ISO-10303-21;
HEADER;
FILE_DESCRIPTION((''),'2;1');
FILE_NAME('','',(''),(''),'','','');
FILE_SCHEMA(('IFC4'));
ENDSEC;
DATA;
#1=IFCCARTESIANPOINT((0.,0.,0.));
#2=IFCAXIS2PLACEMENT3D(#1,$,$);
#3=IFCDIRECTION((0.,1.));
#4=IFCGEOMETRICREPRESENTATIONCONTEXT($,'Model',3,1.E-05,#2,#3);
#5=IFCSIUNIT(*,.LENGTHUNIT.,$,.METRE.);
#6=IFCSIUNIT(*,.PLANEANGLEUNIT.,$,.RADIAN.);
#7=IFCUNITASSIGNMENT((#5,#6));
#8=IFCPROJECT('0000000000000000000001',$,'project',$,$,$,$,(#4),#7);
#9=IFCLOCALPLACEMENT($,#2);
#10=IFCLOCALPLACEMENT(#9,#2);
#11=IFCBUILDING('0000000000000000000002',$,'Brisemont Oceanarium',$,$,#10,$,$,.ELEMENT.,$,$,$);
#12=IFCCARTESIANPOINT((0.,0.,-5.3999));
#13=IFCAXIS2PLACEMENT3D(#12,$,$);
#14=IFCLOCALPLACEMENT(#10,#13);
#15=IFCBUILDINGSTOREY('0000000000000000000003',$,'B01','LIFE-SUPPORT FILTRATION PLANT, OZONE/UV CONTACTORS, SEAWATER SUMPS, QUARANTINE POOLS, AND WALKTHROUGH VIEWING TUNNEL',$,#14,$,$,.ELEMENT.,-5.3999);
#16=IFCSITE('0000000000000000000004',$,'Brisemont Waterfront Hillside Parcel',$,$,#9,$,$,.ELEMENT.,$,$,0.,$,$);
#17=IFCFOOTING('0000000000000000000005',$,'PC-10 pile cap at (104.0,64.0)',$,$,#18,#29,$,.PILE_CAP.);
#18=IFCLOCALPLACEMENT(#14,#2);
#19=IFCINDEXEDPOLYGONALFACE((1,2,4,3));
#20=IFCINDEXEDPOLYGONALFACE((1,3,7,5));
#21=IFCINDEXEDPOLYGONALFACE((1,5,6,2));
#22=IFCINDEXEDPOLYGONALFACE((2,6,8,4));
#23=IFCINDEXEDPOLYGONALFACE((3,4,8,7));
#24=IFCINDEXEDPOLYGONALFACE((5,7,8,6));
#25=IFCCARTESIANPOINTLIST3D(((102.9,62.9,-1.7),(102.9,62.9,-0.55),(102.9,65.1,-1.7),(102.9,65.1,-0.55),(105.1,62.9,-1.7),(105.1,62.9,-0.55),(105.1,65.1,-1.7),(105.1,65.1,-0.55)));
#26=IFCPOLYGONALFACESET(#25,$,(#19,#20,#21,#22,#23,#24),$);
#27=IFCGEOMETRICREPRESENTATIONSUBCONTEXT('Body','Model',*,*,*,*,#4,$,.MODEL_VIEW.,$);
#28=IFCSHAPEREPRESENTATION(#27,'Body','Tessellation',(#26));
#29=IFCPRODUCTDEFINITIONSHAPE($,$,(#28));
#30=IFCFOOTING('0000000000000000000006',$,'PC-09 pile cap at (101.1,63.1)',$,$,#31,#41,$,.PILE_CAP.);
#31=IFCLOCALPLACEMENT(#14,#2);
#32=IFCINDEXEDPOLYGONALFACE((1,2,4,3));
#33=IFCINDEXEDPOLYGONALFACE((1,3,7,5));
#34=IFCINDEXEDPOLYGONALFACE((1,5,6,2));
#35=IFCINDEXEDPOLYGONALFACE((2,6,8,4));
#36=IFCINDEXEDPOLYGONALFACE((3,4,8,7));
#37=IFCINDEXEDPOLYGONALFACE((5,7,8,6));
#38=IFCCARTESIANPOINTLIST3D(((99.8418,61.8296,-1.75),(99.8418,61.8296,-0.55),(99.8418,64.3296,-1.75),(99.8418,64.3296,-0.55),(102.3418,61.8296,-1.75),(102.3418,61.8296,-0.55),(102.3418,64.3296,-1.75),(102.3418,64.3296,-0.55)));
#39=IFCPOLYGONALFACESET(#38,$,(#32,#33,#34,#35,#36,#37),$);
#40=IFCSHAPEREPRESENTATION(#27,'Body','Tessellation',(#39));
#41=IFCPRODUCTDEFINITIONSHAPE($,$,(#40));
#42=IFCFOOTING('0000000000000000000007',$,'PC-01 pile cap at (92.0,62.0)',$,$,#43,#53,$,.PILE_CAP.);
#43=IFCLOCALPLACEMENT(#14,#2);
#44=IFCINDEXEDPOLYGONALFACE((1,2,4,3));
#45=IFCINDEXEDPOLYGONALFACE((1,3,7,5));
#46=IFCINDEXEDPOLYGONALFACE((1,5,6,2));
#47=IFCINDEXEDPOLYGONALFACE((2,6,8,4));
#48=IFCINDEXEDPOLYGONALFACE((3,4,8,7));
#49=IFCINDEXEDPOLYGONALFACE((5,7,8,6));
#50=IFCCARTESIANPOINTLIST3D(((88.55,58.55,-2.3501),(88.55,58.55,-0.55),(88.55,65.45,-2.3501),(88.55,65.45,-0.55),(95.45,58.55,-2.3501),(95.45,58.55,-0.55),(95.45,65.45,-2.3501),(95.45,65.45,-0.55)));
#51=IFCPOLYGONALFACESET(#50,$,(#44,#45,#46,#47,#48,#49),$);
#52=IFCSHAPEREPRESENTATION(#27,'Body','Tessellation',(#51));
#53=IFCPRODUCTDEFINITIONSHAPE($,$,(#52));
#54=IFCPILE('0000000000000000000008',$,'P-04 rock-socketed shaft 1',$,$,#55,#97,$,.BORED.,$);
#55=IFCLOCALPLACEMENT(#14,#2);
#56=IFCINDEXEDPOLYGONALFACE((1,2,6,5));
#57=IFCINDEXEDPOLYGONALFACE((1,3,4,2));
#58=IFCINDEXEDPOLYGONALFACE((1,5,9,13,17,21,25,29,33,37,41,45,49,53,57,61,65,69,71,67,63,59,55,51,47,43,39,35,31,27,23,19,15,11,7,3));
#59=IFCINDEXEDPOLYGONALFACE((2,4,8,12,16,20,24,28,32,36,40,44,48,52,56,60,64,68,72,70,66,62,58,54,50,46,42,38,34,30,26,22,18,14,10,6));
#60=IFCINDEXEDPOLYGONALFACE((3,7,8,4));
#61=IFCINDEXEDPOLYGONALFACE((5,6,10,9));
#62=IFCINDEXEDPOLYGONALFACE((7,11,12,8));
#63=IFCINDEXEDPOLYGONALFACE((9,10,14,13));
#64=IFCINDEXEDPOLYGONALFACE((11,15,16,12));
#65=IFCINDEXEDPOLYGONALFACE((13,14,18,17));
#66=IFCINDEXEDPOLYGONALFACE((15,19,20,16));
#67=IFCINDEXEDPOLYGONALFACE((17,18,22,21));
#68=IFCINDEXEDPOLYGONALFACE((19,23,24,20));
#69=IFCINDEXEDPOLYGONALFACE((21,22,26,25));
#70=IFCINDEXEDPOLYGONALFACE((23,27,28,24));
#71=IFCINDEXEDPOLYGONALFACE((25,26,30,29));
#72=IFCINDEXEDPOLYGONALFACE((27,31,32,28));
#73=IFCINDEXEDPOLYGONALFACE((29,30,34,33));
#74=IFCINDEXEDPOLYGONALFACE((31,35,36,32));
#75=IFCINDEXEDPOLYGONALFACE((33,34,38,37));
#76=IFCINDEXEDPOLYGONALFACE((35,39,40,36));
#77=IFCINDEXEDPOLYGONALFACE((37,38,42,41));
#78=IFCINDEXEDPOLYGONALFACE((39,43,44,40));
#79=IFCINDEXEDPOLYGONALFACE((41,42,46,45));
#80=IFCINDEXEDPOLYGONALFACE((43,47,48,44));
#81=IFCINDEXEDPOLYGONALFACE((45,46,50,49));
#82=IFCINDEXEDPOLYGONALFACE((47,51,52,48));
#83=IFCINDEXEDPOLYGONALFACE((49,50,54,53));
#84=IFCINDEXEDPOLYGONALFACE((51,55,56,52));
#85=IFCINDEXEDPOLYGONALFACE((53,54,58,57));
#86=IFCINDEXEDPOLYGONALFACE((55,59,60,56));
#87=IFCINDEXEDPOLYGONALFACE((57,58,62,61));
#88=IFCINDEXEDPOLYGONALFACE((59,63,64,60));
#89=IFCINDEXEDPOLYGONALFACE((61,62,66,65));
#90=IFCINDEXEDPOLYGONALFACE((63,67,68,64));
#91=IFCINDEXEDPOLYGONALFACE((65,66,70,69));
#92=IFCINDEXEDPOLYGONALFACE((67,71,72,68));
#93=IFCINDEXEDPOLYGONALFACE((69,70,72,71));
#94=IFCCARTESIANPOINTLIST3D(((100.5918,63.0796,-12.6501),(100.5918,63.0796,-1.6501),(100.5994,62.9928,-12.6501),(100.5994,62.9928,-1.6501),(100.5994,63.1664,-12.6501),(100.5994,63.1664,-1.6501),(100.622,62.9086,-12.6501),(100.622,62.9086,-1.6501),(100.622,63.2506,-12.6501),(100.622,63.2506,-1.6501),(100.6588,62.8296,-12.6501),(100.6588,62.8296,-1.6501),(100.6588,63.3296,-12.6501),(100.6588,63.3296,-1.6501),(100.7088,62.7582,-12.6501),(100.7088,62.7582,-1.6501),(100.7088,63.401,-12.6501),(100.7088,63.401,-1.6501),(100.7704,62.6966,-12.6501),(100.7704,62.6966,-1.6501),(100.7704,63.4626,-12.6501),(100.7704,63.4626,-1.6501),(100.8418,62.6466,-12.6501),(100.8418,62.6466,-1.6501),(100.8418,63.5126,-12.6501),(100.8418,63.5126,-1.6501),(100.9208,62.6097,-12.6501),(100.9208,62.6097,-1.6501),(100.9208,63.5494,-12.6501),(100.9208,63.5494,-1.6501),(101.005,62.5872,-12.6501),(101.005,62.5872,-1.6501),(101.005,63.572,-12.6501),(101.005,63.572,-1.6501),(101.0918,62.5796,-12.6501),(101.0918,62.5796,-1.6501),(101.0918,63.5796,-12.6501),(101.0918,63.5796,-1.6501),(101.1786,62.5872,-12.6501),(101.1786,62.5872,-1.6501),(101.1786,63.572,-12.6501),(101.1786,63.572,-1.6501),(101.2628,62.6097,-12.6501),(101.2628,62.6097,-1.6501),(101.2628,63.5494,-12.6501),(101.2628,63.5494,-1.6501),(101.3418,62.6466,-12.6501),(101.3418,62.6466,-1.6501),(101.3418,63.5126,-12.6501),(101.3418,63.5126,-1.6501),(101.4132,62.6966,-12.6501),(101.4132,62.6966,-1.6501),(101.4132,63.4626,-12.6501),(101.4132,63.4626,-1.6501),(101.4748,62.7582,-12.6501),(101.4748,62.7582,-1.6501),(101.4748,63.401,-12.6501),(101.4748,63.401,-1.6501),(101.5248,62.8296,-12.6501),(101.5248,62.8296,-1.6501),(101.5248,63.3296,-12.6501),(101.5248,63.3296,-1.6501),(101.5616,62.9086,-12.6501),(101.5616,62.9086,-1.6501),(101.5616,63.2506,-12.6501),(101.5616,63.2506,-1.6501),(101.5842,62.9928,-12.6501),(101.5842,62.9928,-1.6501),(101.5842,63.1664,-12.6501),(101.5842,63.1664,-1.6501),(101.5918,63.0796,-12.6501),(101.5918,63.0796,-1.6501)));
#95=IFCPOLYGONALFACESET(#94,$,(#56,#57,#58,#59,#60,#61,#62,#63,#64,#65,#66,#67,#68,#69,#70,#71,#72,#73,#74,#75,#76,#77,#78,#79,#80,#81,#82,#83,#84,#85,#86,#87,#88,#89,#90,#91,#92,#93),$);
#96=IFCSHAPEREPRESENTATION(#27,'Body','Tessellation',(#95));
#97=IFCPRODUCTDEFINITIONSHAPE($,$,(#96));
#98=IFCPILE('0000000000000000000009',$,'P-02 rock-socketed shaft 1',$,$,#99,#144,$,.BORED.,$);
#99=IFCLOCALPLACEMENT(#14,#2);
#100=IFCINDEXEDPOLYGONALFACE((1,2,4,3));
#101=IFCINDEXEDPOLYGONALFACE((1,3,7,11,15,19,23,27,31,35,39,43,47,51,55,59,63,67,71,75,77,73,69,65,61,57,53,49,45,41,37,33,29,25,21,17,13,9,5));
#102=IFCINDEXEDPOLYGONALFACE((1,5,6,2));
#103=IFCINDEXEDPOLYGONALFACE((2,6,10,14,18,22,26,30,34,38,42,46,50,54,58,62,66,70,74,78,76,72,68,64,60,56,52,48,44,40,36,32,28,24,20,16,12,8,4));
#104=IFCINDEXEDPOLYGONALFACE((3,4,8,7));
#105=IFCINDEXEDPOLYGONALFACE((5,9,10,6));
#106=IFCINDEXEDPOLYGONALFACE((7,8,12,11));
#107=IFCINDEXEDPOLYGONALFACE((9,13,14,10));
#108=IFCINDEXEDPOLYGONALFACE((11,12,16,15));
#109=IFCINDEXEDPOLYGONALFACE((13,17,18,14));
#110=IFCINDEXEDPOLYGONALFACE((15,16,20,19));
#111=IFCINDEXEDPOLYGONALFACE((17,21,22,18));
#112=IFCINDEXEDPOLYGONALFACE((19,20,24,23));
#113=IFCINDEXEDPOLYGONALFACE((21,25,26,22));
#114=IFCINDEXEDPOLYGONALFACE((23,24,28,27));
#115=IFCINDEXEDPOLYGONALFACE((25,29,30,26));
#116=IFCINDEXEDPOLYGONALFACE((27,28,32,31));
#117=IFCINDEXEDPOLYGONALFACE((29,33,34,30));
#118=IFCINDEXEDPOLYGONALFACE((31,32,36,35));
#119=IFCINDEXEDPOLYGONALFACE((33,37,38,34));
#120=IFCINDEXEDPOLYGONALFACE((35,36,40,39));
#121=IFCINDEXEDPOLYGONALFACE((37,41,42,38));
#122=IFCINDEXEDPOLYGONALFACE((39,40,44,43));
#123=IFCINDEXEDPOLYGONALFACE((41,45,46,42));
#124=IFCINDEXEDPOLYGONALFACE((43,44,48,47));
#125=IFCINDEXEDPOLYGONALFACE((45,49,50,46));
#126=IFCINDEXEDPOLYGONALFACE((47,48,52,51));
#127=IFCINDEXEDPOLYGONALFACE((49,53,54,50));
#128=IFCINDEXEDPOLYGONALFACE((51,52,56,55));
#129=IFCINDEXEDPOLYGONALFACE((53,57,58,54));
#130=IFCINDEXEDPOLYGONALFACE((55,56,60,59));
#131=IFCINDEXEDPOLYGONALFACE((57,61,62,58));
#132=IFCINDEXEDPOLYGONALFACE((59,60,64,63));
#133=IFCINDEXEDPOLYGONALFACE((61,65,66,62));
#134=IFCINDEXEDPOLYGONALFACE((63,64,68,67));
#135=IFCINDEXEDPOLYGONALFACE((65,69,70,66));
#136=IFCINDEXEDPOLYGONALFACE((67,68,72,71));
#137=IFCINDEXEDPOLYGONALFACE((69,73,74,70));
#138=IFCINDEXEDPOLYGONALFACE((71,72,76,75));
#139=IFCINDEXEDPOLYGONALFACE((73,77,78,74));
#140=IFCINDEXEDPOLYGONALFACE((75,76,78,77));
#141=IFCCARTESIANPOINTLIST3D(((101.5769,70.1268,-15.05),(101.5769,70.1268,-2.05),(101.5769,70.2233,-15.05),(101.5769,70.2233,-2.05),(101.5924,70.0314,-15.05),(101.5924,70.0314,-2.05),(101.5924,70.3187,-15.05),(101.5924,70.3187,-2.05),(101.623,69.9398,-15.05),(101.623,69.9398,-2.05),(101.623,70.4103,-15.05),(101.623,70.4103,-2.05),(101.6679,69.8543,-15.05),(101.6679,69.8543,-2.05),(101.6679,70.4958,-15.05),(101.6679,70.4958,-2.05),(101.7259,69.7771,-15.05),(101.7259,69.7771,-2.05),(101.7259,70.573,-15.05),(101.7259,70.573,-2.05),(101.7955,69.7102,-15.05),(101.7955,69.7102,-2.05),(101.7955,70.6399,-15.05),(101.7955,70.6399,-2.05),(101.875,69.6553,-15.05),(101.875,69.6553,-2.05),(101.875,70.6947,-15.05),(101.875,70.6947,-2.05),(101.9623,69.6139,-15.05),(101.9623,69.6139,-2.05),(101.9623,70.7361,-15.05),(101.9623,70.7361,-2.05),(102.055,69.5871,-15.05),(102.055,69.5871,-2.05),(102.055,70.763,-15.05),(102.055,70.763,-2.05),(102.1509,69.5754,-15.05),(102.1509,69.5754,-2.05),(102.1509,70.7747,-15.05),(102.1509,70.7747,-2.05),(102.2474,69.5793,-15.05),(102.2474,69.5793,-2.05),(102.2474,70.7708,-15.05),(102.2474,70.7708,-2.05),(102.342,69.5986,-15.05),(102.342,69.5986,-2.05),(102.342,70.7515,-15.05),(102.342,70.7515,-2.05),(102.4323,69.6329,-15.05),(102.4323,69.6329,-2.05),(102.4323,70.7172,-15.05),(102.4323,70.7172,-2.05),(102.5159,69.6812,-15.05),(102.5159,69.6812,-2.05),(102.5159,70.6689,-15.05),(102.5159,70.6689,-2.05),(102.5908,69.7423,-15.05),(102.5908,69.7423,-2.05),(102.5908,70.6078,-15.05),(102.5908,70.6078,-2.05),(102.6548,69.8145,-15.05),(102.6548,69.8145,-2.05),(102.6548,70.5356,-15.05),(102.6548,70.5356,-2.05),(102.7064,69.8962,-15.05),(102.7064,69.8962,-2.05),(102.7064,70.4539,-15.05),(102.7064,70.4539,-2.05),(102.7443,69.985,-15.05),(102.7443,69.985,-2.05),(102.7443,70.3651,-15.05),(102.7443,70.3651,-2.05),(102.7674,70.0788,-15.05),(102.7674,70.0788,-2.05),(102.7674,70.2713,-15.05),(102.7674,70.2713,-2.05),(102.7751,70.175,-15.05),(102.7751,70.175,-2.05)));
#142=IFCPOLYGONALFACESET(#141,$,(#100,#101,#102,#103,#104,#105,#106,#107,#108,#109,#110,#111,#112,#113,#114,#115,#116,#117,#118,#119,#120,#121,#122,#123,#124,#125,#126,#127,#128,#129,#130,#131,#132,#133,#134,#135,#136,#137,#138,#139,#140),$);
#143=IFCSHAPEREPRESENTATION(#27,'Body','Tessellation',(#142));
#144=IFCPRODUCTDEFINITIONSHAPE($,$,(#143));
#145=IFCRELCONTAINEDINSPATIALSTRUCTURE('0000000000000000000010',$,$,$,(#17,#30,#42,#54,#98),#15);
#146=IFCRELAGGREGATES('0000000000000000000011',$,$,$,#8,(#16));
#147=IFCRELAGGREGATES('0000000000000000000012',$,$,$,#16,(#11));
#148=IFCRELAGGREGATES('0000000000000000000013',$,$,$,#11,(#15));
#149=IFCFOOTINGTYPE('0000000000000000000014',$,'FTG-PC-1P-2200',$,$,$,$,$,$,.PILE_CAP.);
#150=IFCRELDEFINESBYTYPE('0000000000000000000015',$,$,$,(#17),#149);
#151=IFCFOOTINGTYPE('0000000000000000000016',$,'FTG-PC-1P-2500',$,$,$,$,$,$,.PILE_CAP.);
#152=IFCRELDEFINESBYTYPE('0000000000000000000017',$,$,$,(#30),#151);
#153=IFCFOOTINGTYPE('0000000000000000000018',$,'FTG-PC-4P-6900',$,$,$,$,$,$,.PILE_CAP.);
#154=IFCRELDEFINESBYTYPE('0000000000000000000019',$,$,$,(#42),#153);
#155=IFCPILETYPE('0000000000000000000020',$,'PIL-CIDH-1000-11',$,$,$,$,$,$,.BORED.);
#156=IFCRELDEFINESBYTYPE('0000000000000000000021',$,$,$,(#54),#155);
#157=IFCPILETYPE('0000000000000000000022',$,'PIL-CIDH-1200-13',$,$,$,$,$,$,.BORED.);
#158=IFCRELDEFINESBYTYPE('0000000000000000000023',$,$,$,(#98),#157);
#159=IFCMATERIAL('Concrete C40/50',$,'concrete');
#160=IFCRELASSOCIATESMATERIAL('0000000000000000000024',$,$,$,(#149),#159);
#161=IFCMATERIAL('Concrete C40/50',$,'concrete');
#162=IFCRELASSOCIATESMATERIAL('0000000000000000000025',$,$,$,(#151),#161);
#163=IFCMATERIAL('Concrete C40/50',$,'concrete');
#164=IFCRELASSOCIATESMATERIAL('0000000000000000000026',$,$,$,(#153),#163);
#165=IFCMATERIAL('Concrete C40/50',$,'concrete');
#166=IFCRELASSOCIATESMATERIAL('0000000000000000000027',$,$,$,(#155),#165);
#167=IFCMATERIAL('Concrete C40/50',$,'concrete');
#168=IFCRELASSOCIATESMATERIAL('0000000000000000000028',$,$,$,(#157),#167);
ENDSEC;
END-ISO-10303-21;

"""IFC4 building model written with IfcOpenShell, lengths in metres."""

from ifc_helpers import new_model, si_unit, direction, frame, origin, origin_2d, place, context, subcontext, project, spatial, rectangle, circle, extrude, material, material_profile, profile_set, type_object, element, save


model = new_model("IFC4")

# Units and contexts
model_context = context("Model", 3, precision=1e-05, world=origin(), true_north=direction((0.0, 1.0)))
body_context = subcontext(model_context, "Body", "Model", "MODEL_VIEW")
ifc_project = project(units=[si_unit("LENGTHUNIT", "METRE"), si_unit("PLANEANGLEUNIT", "RADIAN")], contexts=[model_context])

# Site, building, storey
site_placement = place(None, origin())
site = spatial("IfcSite", under=ifc_project, at=site_placement, Name="Brisemont Waterfront Hillside Parcel", CompositionType="ELEMENT", RefElevation=0.0)
building_placement = place(site_placement, origin())
building = spatial("IfcBuilding", under=site, at=building_placement, Name="Brisemont Oceanarium", CompositionType="ELEMENT")
storey_placement = place(building_placement, frame((0.0, 0.0, -5.3999)))
storey = spatial("IfcBuildingStorey", under=building, at=storey_placement, Name="B01", Description="LIFE-SUPPORT FILTRATION PLANT, OZONE/UV CONTACTORS, SEAWATER SUMPS, QUARANTINE POOLS, AND WALKTHROUGH VIEWING TUNNEL", CompositionType="ELEMENT", Elevation=-5.3999)

# Footings
ifc_material_1 = material(Name="Concrete C40/50", Category="concrete")
footing_type_1 = type_object("IfcFootingType", Name="FTG-PC-1P-2200", PredefinedType="PILE_CAP", material=ifc_material_1)
footing_1_placement = place(storey_placement, frame((104.0, 64.0, -1.7), z_axis=(0.0, 0.0, 1.0), x_axis=(1.0, 0.0, 0.0)))
element("IfcFooting", 1, at=footing_1_placement, inside=storey, type_object=footing_type_1, Name="PC-10 pile cap at (104.0,64.0)", PredefinedType="PILE_CAP", context=body_context, shape_type="SweptSolid", body=[
    extrude(rectangle(XDim=2.2, YDim=2.2, at=origin_2d()), origin(), (0.0, 0.0, 1.0), 1.1499),
])
ifc_material_2 = material(Name="Concrete C40/50", Category="concrete")
footing_type_2 = type_object("IfcFootingType", Name="FTG-PC-1P-2500", PredefinedType="PILE_CAP", material=ifc_material_2)
footing_2_placement = place(storey_placement, frame((101.0918, 63.0796, -1.75), z_axis=(0.0, 0.0, 1.0), x_axis=(1.0, 0.0, 0.0)))
element("IfcFooting", 2, at=footing_2_placement, inside=storey, type_object=footing_type_2, Name="PC-09 pile cap at (101.1,63.1)", PredefinedType="PILE_CAP", context=body_context, shape_type="SweptSolid", body=[
    extrude(rectangle(XDim=2.5, YDim=2.5, at=origin_2d()), origin(), (0.0, 0.0, 1.0), 1.2),
])
ifc_material_3 = material(Name="Concrete C40/50", Category="concrete")
footing_type_3 = type_object("IfcFootingType", Name="FTG-PC-4P-6900", PredefinedType="PILE_CAP", material=ifc_material_3)
footing_3_placement = place(storey_placement, frame((92.0, 62.0, -2.3501), z_axis=(0.0, 0.0, 1.0), x_axis=(1.0, 0.0, 0.0)))
element("IfcFooting", 3, at=footing_3_placement, inside=storey, type_object=footing_type_3, Name="PC-01 pile cap at (92.0,62.0)", PredefinedType="PILE_CAP", context=body_context, shape_type="SweptSolid", body=[
    extrude(rectangle(XDim=6.8999, YDim=6.8999, at=origin_2d()), origin(), (0.0, 0.0, 1.0), 1.8),
])

# Piles
ifc_material_4 = material(Name="Concrete C40/50", Category="concrete")
ifc_material_profile_1 = material_profile(ifc_material_4, circle(Radius=0.5, at=origin_2d()), Name="CIDH-D1000")
ifc_profile_set_1 = profile_set([ifc_material_profile_1], Name="Concrete C40/50")
pile_type_1 = type_object("IfcPileType", Name="PIL-CIDH-1000-11", PredefinedType="BORED", material=ifc_profile_set_1)
pile_1_placement = place(storey_placement, frame((101.0918, 63.0796, -1.6501), z_axis=(0.0, 0.0, -1.0), x_axis=(1.0, 0.0, 0.0)))
element("IfcPile", 4, at=pile_1_placement, inside=storey, type_object=pile_type_1, Name="P-04 rock-socketed shaft 1", PredefinedType="BORED", context=body_context, shape_type="SweptSolid", body=[
    extrude(circle(Radius=0.5, at=origin_2d()), origin(), (0.0, 0.0, 1.0), 11.0),
])
ifc_material_5 = material(Name="Concrete C40/50", Category="concrete")
ifc_material_profile_2 = material_profile(ifc_material_5, circle(Radius=0.6001, at=origin_2d()), Name="CIDH-D1200")
ifc_profile_set_2 = profile_set([ifc_material_profile_2], Name="Concrete C40/50")
pile_type_2 = type_object("IfcPileType", Name="PIL-CIDH-1200-13", PredefinedType="BORED", material=ifc_profile_set_2)
pile_2_placement = place(storey_placement, frame((102.175, 70.175, -2.05), z_axis=(0.0, 0.0, -1.0), x_axis=(1.0, 0.0, 0.0)))
element("IfcPile", 5, at=pile_2_placement, inside=storey, type_object=pile_type_2, Name="P-02 rock-socketed shaft 1", PredefinedType="BORED", context=body_context, shape_type="SweptSolid", body=[
    extrude(circle(Radius=0.6001, at=origin_2d()), origin(), (0.0, 0.0, 1.0), 13.0),
])

save(model, "model.ifc")
